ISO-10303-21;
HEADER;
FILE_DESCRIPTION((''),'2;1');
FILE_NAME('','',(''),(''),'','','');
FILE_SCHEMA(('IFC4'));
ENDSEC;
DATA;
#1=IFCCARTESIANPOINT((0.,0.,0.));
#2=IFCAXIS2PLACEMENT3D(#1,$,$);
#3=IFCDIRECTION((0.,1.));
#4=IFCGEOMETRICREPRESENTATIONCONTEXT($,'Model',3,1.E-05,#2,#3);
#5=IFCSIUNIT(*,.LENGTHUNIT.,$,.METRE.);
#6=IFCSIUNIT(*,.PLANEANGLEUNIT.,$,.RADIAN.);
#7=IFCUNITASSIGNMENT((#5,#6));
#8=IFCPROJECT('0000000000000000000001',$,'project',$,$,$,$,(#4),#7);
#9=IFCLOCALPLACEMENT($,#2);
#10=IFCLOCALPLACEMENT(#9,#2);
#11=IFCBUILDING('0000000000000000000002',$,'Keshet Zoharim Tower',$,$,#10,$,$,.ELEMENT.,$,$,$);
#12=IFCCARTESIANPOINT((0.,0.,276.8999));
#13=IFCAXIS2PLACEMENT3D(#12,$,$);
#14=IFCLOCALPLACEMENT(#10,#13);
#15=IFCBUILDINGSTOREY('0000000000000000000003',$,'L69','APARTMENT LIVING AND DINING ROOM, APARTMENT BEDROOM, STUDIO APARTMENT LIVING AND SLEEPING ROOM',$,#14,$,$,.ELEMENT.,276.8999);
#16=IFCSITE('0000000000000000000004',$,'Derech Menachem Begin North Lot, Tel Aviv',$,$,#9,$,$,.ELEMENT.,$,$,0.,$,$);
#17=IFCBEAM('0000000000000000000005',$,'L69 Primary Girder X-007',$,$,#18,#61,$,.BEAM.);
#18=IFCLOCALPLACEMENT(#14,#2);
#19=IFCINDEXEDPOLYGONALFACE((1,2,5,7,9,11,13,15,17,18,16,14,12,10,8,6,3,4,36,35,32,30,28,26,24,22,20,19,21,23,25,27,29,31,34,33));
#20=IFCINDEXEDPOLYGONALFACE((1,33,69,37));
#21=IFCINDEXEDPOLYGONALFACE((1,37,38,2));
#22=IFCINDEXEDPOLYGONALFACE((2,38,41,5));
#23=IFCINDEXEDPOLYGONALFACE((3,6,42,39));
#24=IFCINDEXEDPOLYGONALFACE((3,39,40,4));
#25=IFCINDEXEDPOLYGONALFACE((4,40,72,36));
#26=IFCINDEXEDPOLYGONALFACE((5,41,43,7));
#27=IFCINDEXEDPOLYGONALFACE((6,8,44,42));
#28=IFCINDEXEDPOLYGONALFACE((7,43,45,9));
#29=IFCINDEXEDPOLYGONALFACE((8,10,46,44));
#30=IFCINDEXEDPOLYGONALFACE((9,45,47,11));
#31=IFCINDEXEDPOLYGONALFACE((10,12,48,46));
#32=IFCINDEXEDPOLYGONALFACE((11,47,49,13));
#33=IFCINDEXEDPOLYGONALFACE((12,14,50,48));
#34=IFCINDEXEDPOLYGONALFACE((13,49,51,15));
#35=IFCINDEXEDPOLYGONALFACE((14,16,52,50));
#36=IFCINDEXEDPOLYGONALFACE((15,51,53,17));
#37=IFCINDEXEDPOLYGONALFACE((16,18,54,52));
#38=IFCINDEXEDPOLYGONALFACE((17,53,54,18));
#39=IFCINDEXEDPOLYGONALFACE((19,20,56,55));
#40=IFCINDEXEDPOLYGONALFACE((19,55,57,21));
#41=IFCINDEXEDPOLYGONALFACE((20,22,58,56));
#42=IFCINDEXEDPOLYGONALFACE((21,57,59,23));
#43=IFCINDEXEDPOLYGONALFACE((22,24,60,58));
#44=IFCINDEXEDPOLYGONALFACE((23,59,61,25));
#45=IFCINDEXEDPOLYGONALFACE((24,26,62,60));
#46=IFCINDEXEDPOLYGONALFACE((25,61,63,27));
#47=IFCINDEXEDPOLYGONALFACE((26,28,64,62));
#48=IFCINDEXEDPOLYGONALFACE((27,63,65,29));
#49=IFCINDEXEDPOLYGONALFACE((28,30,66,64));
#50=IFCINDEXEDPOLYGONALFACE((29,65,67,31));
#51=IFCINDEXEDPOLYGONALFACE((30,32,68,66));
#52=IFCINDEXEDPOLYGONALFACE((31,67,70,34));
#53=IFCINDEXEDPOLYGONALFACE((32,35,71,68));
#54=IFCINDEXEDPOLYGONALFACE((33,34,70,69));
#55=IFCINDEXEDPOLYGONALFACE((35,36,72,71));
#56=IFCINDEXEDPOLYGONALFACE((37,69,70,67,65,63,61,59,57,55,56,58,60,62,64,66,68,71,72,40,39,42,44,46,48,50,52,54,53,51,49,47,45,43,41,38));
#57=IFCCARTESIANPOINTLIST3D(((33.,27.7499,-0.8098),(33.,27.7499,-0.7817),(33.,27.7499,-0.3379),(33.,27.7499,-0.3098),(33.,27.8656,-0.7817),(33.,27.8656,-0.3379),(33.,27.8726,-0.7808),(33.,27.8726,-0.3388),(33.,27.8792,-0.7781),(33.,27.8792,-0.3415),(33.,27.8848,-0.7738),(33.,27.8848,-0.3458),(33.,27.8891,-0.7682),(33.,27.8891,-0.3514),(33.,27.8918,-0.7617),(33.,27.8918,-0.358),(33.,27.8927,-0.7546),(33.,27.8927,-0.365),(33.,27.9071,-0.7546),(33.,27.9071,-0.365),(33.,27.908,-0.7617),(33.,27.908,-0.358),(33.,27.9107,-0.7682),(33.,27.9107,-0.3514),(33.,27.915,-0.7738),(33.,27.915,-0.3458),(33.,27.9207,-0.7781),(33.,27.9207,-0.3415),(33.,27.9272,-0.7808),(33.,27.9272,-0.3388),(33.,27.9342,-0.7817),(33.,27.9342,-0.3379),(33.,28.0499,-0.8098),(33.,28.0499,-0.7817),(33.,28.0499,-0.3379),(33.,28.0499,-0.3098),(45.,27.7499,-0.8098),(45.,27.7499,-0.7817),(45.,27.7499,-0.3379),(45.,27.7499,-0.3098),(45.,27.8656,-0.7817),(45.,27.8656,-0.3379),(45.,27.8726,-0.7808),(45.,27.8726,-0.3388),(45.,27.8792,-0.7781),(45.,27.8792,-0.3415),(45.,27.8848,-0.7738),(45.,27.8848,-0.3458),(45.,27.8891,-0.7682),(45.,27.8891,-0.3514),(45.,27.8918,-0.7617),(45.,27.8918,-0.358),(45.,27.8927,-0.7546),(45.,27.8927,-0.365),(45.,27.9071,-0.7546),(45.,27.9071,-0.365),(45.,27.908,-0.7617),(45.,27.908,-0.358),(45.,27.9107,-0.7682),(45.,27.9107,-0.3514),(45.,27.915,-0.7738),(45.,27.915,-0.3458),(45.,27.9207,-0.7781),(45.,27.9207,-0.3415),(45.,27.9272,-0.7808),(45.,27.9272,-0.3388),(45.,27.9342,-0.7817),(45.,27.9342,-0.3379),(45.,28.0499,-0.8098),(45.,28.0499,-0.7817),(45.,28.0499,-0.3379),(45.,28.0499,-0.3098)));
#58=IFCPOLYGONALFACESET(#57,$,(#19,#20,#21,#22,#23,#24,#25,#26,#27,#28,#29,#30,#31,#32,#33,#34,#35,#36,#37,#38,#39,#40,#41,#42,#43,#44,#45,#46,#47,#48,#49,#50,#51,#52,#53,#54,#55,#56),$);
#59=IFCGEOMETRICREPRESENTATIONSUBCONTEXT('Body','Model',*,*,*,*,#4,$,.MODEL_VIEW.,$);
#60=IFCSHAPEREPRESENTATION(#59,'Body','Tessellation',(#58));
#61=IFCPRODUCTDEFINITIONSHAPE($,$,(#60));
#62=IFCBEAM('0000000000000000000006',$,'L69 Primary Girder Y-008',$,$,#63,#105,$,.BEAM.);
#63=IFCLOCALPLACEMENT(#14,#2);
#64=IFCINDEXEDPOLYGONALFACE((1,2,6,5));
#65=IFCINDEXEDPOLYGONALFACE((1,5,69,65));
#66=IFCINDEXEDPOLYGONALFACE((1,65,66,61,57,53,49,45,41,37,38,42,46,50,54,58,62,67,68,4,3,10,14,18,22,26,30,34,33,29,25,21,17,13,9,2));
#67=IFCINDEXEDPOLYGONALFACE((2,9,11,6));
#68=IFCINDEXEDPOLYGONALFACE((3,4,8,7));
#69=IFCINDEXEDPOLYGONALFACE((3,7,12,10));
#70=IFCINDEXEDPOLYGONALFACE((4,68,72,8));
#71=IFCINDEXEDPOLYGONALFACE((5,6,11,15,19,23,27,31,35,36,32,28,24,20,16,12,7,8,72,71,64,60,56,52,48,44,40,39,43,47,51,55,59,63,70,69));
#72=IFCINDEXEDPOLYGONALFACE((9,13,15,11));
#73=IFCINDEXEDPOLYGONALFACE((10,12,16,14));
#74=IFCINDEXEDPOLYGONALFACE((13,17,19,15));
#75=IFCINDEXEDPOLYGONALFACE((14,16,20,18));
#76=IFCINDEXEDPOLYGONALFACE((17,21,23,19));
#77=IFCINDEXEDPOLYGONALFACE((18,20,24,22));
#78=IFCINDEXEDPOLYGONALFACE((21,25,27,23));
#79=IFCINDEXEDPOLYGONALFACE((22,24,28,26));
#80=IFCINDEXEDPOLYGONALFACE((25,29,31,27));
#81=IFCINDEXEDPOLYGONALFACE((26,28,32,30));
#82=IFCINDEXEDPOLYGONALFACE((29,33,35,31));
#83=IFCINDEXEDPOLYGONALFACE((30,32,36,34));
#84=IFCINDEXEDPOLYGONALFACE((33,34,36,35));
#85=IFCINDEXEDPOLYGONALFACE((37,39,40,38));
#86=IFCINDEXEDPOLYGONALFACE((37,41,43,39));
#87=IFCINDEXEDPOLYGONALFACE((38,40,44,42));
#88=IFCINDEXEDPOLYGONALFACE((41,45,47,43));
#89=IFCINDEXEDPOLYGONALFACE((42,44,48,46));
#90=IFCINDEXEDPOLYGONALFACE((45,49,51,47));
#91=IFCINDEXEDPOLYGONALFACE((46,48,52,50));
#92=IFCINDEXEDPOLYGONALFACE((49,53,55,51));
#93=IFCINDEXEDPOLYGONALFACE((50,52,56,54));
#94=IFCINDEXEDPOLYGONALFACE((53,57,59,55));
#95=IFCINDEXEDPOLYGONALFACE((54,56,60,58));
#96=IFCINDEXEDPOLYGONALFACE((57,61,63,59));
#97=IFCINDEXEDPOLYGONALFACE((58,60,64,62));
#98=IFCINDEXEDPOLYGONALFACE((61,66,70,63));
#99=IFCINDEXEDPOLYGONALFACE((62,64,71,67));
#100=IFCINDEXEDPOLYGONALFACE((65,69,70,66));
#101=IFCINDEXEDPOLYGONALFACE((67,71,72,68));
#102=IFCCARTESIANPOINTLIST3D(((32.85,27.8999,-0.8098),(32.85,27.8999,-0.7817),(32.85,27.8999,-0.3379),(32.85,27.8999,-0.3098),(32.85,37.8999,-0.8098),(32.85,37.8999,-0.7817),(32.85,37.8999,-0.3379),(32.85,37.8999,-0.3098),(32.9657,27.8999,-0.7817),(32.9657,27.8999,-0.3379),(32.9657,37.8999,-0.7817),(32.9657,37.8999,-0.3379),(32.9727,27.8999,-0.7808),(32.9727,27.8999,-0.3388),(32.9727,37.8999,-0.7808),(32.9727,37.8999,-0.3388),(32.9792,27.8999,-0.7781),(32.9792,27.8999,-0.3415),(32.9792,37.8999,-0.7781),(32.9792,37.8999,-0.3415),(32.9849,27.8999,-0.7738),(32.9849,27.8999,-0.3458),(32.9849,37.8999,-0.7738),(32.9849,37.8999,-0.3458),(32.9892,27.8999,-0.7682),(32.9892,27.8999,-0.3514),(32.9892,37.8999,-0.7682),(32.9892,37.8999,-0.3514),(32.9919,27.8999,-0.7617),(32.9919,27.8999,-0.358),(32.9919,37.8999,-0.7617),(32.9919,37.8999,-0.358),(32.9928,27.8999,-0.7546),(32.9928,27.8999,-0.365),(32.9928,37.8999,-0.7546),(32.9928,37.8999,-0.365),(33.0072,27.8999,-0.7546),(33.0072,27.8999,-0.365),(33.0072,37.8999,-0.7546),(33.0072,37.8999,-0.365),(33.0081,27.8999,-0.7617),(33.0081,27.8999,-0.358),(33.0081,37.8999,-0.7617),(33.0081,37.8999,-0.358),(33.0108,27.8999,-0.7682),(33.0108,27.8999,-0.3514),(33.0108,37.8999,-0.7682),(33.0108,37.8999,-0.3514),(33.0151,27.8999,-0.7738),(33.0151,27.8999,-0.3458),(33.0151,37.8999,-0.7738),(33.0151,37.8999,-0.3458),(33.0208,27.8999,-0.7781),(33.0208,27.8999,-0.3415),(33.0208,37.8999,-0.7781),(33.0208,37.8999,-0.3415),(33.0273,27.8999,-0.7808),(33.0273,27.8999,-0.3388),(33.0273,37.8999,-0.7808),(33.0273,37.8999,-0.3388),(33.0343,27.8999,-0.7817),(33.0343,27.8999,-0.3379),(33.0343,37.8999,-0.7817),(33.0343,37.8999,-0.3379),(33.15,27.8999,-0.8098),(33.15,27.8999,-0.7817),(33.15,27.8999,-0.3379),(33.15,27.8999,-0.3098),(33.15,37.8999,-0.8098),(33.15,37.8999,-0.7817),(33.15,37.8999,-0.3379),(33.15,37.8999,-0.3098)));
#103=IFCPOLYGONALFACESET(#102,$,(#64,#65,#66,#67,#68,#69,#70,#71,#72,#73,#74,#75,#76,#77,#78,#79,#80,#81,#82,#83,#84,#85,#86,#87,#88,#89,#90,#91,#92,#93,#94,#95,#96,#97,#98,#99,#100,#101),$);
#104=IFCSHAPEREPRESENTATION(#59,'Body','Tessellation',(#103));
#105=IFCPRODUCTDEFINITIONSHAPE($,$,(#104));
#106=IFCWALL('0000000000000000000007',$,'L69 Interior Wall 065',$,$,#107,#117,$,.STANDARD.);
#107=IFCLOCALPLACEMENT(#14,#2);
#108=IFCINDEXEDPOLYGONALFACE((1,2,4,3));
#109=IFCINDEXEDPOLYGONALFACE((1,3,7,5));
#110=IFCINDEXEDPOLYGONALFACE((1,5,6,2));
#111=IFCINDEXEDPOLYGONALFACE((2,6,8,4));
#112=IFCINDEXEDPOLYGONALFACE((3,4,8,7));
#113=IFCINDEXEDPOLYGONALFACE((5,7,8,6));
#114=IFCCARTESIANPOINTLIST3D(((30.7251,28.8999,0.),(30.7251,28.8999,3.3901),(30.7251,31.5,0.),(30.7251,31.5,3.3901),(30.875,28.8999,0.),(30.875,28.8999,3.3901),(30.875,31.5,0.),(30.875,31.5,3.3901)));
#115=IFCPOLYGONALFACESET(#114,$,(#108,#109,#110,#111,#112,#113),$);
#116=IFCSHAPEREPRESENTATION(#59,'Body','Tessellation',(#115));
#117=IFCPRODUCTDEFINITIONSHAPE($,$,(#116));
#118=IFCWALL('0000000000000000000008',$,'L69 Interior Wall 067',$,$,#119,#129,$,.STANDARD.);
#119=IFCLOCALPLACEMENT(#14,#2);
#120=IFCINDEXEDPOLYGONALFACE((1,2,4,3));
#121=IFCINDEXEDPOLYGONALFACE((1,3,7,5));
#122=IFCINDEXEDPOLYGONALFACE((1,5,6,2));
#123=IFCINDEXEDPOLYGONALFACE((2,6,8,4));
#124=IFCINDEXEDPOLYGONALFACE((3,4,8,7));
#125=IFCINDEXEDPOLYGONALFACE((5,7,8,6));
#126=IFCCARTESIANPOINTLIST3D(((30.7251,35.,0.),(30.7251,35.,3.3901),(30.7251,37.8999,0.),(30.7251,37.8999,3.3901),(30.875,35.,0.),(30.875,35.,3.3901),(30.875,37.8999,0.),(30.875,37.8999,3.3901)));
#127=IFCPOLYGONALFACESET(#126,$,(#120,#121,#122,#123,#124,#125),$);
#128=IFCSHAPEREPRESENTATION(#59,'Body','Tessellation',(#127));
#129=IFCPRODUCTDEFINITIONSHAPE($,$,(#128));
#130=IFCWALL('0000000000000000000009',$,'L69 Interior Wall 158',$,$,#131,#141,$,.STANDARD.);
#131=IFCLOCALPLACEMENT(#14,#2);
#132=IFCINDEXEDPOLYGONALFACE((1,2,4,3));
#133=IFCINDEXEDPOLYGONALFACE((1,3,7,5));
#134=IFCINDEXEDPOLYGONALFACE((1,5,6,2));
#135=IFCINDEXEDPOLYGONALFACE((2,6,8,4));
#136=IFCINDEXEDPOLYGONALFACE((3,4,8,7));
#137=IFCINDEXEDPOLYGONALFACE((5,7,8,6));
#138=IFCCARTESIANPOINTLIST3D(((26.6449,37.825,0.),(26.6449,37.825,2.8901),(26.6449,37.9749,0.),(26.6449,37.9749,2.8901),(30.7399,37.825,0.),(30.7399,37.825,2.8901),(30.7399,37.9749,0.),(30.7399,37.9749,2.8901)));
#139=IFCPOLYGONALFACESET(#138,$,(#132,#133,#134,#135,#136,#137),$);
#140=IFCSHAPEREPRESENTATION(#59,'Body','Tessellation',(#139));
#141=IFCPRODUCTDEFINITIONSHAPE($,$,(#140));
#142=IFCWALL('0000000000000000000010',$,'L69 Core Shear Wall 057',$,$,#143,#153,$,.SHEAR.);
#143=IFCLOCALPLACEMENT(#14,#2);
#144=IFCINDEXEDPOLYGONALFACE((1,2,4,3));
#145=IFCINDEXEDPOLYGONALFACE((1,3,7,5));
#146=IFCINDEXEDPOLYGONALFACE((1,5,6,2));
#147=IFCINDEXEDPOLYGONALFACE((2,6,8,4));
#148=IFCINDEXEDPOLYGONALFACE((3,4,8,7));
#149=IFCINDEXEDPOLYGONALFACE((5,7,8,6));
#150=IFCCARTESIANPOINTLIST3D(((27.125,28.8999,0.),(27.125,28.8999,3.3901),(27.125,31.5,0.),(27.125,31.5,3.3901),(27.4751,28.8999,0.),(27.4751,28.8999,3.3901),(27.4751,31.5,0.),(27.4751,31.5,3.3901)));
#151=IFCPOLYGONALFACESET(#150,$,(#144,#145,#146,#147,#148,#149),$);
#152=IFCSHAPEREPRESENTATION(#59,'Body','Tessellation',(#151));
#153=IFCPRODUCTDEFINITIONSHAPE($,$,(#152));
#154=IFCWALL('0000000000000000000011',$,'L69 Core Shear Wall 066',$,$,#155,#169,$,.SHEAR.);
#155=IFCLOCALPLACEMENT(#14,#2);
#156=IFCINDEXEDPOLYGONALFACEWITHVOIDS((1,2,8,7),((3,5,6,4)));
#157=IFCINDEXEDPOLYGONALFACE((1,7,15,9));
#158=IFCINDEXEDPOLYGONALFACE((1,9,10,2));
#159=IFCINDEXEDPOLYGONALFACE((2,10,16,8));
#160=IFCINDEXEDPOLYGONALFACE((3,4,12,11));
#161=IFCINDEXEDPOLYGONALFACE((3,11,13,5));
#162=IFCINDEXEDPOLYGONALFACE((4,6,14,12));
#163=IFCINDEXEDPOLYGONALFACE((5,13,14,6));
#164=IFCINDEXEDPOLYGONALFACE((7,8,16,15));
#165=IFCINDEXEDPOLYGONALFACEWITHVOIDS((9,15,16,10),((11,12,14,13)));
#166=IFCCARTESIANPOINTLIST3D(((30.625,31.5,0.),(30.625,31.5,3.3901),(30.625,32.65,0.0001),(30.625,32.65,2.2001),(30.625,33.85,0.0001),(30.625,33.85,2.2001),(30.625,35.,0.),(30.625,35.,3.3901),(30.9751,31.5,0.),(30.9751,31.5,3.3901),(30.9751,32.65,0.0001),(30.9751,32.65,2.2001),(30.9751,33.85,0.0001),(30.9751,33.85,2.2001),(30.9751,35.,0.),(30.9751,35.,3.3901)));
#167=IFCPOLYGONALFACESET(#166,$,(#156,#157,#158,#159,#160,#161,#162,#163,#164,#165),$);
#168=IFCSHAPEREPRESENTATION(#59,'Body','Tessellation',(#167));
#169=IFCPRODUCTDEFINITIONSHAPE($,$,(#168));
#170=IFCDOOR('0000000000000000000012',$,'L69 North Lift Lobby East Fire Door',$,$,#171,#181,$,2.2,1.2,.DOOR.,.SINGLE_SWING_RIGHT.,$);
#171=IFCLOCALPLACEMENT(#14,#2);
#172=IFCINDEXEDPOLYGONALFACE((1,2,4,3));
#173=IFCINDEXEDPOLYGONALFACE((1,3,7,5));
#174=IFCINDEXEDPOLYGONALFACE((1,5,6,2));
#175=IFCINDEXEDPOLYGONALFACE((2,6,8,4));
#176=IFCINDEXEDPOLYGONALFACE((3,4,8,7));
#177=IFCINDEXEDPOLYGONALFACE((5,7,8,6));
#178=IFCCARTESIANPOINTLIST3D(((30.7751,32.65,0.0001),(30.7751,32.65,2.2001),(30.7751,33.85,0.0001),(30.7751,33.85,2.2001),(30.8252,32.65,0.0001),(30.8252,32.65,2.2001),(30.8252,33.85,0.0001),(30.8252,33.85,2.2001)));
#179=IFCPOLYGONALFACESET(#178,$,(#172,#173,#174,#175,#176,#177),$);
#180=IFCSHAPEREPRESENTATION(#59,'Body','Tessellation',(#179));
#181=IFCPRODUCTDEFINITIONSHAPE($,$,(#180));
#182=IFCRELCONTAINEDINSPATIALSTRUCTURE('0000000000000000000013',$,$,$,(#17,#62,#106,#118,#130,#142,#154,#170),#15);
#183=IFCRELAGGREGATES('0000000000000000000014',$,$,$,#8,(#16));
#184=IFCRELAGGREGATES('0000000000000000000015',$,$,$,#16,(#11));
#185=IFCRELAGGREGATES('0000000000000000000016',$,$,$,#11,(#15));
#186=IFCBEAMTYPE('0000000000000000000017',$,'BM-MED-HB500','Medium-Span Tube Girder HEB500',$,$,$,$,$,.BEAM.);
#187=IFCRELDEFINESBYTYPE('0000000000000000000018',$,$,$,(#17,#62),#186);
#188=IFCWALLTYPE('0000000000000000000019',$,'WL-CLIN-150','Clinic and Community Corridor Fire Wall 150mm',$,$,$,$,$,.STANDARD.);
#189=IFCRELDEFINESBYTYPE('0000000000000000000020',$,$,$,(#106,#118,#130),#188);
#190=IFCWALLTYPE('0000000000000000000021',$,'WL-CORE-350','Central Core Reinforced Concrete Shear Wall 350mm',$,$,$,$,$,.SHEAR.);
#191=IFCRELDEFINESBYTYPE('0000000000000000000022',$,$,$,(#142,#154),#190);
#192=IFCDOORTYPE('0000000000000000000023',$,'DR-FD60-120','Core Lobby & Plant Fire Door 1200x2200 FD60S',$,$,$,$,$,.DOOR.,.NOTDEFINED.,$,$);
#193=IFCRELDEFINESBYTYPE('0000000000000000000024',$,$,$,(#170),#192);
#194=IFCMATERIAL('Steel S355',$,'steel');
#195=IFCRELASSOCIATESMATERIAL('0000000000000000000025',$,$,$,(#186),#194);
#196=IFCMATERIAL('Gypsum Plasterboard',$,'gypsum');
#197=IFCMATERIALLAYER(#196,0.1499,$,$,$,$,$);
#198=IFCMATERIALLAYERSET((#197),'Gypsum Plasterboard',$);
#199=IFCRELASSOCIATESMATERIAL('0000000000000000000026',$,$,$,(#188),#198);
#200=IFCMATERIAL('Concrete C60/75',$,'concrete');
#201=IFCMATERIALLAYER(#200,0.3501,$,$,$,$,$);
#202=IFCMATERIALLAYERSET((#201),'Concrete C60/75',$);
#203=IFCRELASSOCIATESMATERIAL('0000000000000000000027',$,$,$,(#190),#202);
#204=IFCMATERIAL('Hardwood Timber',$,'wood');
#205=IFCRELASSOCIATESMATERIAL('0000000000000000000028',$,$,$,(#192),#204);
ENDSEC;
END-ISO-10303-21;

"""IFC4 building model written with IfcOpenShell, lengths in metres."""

from ifc_helpers import new_model, si_unit, direction, frame, frame_2d, origin, origin_2d, place, context, subcontext, project, spatial, rectangle, i_section, extrude, material, layer, layer_set, material_profile, profile_set, type_object, element, fill, save


model = new_model("IFC4")

# Units and contexts
model_context = context("Model", 3, precision=1e-05, world=origin(), true_north=direction((0.0, 1.0)))
body_context = subcontext(model_context, "Body", "Model", "MODEL_VIEW")
ifc_project = project(units=[si_unit("LENGTHUNIT", "METRE"), si_unit("PLANEANGLEUNIT", "RADIAN")], contexts=[model_context])

# Site, building, storey
site_placement = place(None, origin())
site = spatial("IfcSite", under=ifc_project, at=site_placement, Name="Derech Menachem Begin North Lot, Tel Aviv", CompositionType="ELEMENT", RefElevation=0.0)
building_placement = place(site_placement, origin())
building = spatial("IfcBuilding", under=site, at=building_placement, Name="Keshet Zoharim Tower", CompositionType="ELEMENT")
storey_placement = place(building_placement, frame((0.0, 0.0, 276.8999)))
storey = spatial("IfcBuildingStorey", under=building, at=storey_placement, Name="L69", Description="APARTMENT LIVING AND DINING ROOM, APARTMENT BEDROOM, STUDIO APARTMENT LIVING AND SLEEPING ROOM", CompositionType="ELEMENT", Elevation=276.8999)

# Beams
ifc_material_1 = material(Name="Steel S355", Category="steel")
ifc_material_profile_1 = material_profile(ifc_material_1, i_section(OverallWidth=0.3, OverallDepth=0.5, WebThickness=0.0144, FlangeThickness=0.0281, FilletRadius=0.0271, at=origin_2d()), Name="HEB500")
ifc_profile_set_1 = profile_set([ifc_material_profile_1], Name="Steel S355")
beam_type_1 = type_object("IfcBeamType", Name="BM-MED-HB500", Description="Medium-Span Tube Girder HEB500", PredefinedType="BEAM", material=ifc_profile_set_1)
beam_1_placement = place(storey_placement, frame((33.0, 27.8999, -0.5598), z_axis=(1.0, 0.0, 0.0), x_axis=(0.0, 1.0, 0.0)))
element("IfcBeam", 1, at=beam_1_placement, inside=storey, type_object=beam_type_1, Name="L69 Primary Girder X-007", PredefinedType="BEAM", context=body_context, shape_type="SweptSolid", body=[
    extrude(i_section(OverallWidth=0.3, OverallDepth=0.5, WebThickness=0.0144, FlangeThickness=0.0281, FilletRadius=0.0271, at=origin_2d()), origin(), (0.0, 0.0, 1.0), 12.0),
])
beam_2_placement = place(storey_placement, frame((33.0, 27.8999, -0.5598), z_axis=(0.0, 1.0, 0.0), x_axis=(-1.0, 0.0, 0.0)))
element("IfcBeam", 2, at=beam_2_placement, inside=storey, type_object=beam_type_1, Name="L69 Primary Girder Y-008", PredefinedType="BEAM", context=body_context, shape_type="SweptSolid", body=[
    extrude(i_section(OverallWidth=0.3, OverallDepth=0.5, WebThickness=0.0144, FlangeThickness=0.0281, FilletRadius=0.0271, at=origin_2d()), origin(), (0.0, 0.0, 1.0), 10.0),
])

# Walls
ifc_material_2 = material(Name="Gypsum Plasterboard", Category="gypsum")
ifc_layer_1 = layer(ifc_material_2, 0.1499)
ifc_layer_set_1 = layer_set([ifc_layer_1], Name="Gypsum Plasterboard")
wall_type_1 = type_object("IfcWallType", Name="WL-CLIN-150", Description="Clinic and Community Corridor Fire Wall 150mm", PredefinedType="STANDARD", material=ifc_layer_set_1)
wall_1_placement = place(storey_placement, frame((30.8, 28.8999, 0.0), z_axis=(0.0, 0.0, 1.0), x_axis=(0.0, 1.0, 0.0)))
element("IfcWall", 3, at=wall_1_placement, inside=storey, type_object=wall_type_1, Name="L69 Interior Wall 065", PredefinedType="STANDARD", context=body_context, shape_type="SweptSolid", body=[
    extrude(rectangle(XDim=2.6001, YDim=0.1499, at=frame_2d((1.3, 0.0))), origin(), (0.0, 0.0, 1.0), 3.3901),
])
wall_2_placement = place(storey_placement, frame((30.8, 35.0, 0.0), z_axis=(0.0, 0.0, 1.0), x_axis=(0.0, 1.0, 0.0)))
element("IfcWall", 4, at=wall_2_placement, inside=storey, type_object=wall_type_1, Name="L69 Interior Wall 067", PredefinedType="STANDARD", context=body_context, shape_type="SweptSolid", body=[
    extrude(rectangle(XDim=2.8999, YDim=0.1499, at=frame_2d((1.45, 0.0))), origin(), (0.0, 0.0, 1.0), 3.3901),
])
wall_3_placement = place(storey_placement, frame((26.645, 37.8999, 0.0), z_axis=(0.0, 0.0, 1.0), x_axis=(1.0, 0.0, 0.0)))
element("IfcWall", 5, at=wall_3_placement, inside=storey, type_object=wall_type_1, Name="L69 Interior Wall 158", PredefinedType="STANDARD", context=body_context, shape_type="SweptSolid", body=[
    extrude(rectangle(XDim=4.095, YDim=0.1499, at=frame_2d((2.0474, 0.0))), origin(), (0.0, 0.0, 1.0), 2.8901),
])
ifc_material_3 = material(Name="Concrete C60/75", Category="concrete")
ifc_layer_2 = layer(ifc_material_3, 0.3501)
ifc_layer_set_2 = layer_set([ifc_layer_2], Name="Concrete C60/75")
wall_type_2 = type_object("IfcWallType", Name="WL-CORE-350", Description="Central Core Reinforced Concrete Shear Wall 350mm", PredefinedType="SHEAR", material=ifc_layer_set_2)
wall_4_placement = place(storey_placement, frame((27.3, 28.8999, 0.0), z_axis=(0.0, 0.0, 1.0), x_axis=(0.0, 1.0, 0.0)))
element("IfcWall", 6, at=wall_4_placement, inside=storey, type_object=wall_type_2, Name="L69 Core Shear Wall 057", PredefinedType="SHEAR", context=body_context, shape_type="SweptSolid", body=[
    extrude(rectangle(XDim=2.6001, YDim=0.3501, at=frame_2d((1.3, 0.0))), origin(), (0.0, 0.0, 1.0), 3.3901),
])

# Wall, opening, door
wall_5_placement = place(storey_placement, frame((30.8, 31.5, 0.0), z_axis=(0.0, 0.0, 1.0), x_axis=(0.0, 1.0, 0.0)))
wall_5 = element("IfcWall", 7, at=wall_5_placement, inside=storey, type_object=wall_type_2, Name="L69 Core Shear Wall 066", PredefinedType="SHEAR", context=body_context, shape_type="SweptSolid", body=[
    extrude(rectangle(XDim=3.5, YDim=0.3501, at=frame_2d((1.75, 0.0))), origin(), (0.0, 0.0, 1.0), 3.3901),
])
opening_1_placement = place(wall_5_placement, frame((1.1499, 0.0, 0.0)))
opening_1 = element("IfcOpeningElement", 8, at=opening_1_placement, cuts=wall_5, PredefinedType="OPENING", context=body_context, shape_type="SweptSolid", body=[
    extrude(rectangle(XDim=1.2, YDim=2.2, at=frame_2d((0.6001, 1.1001))), frame((0.0, 0.1851, 0.0), z_axis=(0.0, -1.0, 0.0), x_axis=(1.0, 0.0, 0.0)), (0.0, 0.0, 1.0), 0.3701),
])
ifc_material_4 = material(Name="Hardwood Timber", Category="wood")
door_type_1 = type_object("IfcDoorType", Name="DR-FD60-120", Description="Core Lobby & Plant Fire Door 1200x2200 FD60S", OperationType="NOTDEFINED", PredefinedType="DOOR", material=ifc_material_4)
door_1_placement = place(opening_1_placement, origin())
door_1 = element("IfcDoor", 9, at=door_1_placement, inside=storey, type_object=door_type_1, Name="L69 North Lift Lobby East Fire Door", OperationType="SINGLE_SWING_RIGHT", OverallHeight=2.2, OverallWidth=1.2, PredefinedType="DOOR", context=body_context, shape_type="SweptSolid", body=[
    extrude(rectangle(XDim=1.2, YDim=2.2, at=frame_2d((0.6001, 1.1001))), frame((0.0, 0.0249, 0.0), z_axis=(0.0, -1.0, 0.0), x_axis=(1.0, 0.0, 0.0)), (0.0, 0.0, 1.0), 0.05),
])
fill(opening_1, door_1)

save(model, "model.ifc")
